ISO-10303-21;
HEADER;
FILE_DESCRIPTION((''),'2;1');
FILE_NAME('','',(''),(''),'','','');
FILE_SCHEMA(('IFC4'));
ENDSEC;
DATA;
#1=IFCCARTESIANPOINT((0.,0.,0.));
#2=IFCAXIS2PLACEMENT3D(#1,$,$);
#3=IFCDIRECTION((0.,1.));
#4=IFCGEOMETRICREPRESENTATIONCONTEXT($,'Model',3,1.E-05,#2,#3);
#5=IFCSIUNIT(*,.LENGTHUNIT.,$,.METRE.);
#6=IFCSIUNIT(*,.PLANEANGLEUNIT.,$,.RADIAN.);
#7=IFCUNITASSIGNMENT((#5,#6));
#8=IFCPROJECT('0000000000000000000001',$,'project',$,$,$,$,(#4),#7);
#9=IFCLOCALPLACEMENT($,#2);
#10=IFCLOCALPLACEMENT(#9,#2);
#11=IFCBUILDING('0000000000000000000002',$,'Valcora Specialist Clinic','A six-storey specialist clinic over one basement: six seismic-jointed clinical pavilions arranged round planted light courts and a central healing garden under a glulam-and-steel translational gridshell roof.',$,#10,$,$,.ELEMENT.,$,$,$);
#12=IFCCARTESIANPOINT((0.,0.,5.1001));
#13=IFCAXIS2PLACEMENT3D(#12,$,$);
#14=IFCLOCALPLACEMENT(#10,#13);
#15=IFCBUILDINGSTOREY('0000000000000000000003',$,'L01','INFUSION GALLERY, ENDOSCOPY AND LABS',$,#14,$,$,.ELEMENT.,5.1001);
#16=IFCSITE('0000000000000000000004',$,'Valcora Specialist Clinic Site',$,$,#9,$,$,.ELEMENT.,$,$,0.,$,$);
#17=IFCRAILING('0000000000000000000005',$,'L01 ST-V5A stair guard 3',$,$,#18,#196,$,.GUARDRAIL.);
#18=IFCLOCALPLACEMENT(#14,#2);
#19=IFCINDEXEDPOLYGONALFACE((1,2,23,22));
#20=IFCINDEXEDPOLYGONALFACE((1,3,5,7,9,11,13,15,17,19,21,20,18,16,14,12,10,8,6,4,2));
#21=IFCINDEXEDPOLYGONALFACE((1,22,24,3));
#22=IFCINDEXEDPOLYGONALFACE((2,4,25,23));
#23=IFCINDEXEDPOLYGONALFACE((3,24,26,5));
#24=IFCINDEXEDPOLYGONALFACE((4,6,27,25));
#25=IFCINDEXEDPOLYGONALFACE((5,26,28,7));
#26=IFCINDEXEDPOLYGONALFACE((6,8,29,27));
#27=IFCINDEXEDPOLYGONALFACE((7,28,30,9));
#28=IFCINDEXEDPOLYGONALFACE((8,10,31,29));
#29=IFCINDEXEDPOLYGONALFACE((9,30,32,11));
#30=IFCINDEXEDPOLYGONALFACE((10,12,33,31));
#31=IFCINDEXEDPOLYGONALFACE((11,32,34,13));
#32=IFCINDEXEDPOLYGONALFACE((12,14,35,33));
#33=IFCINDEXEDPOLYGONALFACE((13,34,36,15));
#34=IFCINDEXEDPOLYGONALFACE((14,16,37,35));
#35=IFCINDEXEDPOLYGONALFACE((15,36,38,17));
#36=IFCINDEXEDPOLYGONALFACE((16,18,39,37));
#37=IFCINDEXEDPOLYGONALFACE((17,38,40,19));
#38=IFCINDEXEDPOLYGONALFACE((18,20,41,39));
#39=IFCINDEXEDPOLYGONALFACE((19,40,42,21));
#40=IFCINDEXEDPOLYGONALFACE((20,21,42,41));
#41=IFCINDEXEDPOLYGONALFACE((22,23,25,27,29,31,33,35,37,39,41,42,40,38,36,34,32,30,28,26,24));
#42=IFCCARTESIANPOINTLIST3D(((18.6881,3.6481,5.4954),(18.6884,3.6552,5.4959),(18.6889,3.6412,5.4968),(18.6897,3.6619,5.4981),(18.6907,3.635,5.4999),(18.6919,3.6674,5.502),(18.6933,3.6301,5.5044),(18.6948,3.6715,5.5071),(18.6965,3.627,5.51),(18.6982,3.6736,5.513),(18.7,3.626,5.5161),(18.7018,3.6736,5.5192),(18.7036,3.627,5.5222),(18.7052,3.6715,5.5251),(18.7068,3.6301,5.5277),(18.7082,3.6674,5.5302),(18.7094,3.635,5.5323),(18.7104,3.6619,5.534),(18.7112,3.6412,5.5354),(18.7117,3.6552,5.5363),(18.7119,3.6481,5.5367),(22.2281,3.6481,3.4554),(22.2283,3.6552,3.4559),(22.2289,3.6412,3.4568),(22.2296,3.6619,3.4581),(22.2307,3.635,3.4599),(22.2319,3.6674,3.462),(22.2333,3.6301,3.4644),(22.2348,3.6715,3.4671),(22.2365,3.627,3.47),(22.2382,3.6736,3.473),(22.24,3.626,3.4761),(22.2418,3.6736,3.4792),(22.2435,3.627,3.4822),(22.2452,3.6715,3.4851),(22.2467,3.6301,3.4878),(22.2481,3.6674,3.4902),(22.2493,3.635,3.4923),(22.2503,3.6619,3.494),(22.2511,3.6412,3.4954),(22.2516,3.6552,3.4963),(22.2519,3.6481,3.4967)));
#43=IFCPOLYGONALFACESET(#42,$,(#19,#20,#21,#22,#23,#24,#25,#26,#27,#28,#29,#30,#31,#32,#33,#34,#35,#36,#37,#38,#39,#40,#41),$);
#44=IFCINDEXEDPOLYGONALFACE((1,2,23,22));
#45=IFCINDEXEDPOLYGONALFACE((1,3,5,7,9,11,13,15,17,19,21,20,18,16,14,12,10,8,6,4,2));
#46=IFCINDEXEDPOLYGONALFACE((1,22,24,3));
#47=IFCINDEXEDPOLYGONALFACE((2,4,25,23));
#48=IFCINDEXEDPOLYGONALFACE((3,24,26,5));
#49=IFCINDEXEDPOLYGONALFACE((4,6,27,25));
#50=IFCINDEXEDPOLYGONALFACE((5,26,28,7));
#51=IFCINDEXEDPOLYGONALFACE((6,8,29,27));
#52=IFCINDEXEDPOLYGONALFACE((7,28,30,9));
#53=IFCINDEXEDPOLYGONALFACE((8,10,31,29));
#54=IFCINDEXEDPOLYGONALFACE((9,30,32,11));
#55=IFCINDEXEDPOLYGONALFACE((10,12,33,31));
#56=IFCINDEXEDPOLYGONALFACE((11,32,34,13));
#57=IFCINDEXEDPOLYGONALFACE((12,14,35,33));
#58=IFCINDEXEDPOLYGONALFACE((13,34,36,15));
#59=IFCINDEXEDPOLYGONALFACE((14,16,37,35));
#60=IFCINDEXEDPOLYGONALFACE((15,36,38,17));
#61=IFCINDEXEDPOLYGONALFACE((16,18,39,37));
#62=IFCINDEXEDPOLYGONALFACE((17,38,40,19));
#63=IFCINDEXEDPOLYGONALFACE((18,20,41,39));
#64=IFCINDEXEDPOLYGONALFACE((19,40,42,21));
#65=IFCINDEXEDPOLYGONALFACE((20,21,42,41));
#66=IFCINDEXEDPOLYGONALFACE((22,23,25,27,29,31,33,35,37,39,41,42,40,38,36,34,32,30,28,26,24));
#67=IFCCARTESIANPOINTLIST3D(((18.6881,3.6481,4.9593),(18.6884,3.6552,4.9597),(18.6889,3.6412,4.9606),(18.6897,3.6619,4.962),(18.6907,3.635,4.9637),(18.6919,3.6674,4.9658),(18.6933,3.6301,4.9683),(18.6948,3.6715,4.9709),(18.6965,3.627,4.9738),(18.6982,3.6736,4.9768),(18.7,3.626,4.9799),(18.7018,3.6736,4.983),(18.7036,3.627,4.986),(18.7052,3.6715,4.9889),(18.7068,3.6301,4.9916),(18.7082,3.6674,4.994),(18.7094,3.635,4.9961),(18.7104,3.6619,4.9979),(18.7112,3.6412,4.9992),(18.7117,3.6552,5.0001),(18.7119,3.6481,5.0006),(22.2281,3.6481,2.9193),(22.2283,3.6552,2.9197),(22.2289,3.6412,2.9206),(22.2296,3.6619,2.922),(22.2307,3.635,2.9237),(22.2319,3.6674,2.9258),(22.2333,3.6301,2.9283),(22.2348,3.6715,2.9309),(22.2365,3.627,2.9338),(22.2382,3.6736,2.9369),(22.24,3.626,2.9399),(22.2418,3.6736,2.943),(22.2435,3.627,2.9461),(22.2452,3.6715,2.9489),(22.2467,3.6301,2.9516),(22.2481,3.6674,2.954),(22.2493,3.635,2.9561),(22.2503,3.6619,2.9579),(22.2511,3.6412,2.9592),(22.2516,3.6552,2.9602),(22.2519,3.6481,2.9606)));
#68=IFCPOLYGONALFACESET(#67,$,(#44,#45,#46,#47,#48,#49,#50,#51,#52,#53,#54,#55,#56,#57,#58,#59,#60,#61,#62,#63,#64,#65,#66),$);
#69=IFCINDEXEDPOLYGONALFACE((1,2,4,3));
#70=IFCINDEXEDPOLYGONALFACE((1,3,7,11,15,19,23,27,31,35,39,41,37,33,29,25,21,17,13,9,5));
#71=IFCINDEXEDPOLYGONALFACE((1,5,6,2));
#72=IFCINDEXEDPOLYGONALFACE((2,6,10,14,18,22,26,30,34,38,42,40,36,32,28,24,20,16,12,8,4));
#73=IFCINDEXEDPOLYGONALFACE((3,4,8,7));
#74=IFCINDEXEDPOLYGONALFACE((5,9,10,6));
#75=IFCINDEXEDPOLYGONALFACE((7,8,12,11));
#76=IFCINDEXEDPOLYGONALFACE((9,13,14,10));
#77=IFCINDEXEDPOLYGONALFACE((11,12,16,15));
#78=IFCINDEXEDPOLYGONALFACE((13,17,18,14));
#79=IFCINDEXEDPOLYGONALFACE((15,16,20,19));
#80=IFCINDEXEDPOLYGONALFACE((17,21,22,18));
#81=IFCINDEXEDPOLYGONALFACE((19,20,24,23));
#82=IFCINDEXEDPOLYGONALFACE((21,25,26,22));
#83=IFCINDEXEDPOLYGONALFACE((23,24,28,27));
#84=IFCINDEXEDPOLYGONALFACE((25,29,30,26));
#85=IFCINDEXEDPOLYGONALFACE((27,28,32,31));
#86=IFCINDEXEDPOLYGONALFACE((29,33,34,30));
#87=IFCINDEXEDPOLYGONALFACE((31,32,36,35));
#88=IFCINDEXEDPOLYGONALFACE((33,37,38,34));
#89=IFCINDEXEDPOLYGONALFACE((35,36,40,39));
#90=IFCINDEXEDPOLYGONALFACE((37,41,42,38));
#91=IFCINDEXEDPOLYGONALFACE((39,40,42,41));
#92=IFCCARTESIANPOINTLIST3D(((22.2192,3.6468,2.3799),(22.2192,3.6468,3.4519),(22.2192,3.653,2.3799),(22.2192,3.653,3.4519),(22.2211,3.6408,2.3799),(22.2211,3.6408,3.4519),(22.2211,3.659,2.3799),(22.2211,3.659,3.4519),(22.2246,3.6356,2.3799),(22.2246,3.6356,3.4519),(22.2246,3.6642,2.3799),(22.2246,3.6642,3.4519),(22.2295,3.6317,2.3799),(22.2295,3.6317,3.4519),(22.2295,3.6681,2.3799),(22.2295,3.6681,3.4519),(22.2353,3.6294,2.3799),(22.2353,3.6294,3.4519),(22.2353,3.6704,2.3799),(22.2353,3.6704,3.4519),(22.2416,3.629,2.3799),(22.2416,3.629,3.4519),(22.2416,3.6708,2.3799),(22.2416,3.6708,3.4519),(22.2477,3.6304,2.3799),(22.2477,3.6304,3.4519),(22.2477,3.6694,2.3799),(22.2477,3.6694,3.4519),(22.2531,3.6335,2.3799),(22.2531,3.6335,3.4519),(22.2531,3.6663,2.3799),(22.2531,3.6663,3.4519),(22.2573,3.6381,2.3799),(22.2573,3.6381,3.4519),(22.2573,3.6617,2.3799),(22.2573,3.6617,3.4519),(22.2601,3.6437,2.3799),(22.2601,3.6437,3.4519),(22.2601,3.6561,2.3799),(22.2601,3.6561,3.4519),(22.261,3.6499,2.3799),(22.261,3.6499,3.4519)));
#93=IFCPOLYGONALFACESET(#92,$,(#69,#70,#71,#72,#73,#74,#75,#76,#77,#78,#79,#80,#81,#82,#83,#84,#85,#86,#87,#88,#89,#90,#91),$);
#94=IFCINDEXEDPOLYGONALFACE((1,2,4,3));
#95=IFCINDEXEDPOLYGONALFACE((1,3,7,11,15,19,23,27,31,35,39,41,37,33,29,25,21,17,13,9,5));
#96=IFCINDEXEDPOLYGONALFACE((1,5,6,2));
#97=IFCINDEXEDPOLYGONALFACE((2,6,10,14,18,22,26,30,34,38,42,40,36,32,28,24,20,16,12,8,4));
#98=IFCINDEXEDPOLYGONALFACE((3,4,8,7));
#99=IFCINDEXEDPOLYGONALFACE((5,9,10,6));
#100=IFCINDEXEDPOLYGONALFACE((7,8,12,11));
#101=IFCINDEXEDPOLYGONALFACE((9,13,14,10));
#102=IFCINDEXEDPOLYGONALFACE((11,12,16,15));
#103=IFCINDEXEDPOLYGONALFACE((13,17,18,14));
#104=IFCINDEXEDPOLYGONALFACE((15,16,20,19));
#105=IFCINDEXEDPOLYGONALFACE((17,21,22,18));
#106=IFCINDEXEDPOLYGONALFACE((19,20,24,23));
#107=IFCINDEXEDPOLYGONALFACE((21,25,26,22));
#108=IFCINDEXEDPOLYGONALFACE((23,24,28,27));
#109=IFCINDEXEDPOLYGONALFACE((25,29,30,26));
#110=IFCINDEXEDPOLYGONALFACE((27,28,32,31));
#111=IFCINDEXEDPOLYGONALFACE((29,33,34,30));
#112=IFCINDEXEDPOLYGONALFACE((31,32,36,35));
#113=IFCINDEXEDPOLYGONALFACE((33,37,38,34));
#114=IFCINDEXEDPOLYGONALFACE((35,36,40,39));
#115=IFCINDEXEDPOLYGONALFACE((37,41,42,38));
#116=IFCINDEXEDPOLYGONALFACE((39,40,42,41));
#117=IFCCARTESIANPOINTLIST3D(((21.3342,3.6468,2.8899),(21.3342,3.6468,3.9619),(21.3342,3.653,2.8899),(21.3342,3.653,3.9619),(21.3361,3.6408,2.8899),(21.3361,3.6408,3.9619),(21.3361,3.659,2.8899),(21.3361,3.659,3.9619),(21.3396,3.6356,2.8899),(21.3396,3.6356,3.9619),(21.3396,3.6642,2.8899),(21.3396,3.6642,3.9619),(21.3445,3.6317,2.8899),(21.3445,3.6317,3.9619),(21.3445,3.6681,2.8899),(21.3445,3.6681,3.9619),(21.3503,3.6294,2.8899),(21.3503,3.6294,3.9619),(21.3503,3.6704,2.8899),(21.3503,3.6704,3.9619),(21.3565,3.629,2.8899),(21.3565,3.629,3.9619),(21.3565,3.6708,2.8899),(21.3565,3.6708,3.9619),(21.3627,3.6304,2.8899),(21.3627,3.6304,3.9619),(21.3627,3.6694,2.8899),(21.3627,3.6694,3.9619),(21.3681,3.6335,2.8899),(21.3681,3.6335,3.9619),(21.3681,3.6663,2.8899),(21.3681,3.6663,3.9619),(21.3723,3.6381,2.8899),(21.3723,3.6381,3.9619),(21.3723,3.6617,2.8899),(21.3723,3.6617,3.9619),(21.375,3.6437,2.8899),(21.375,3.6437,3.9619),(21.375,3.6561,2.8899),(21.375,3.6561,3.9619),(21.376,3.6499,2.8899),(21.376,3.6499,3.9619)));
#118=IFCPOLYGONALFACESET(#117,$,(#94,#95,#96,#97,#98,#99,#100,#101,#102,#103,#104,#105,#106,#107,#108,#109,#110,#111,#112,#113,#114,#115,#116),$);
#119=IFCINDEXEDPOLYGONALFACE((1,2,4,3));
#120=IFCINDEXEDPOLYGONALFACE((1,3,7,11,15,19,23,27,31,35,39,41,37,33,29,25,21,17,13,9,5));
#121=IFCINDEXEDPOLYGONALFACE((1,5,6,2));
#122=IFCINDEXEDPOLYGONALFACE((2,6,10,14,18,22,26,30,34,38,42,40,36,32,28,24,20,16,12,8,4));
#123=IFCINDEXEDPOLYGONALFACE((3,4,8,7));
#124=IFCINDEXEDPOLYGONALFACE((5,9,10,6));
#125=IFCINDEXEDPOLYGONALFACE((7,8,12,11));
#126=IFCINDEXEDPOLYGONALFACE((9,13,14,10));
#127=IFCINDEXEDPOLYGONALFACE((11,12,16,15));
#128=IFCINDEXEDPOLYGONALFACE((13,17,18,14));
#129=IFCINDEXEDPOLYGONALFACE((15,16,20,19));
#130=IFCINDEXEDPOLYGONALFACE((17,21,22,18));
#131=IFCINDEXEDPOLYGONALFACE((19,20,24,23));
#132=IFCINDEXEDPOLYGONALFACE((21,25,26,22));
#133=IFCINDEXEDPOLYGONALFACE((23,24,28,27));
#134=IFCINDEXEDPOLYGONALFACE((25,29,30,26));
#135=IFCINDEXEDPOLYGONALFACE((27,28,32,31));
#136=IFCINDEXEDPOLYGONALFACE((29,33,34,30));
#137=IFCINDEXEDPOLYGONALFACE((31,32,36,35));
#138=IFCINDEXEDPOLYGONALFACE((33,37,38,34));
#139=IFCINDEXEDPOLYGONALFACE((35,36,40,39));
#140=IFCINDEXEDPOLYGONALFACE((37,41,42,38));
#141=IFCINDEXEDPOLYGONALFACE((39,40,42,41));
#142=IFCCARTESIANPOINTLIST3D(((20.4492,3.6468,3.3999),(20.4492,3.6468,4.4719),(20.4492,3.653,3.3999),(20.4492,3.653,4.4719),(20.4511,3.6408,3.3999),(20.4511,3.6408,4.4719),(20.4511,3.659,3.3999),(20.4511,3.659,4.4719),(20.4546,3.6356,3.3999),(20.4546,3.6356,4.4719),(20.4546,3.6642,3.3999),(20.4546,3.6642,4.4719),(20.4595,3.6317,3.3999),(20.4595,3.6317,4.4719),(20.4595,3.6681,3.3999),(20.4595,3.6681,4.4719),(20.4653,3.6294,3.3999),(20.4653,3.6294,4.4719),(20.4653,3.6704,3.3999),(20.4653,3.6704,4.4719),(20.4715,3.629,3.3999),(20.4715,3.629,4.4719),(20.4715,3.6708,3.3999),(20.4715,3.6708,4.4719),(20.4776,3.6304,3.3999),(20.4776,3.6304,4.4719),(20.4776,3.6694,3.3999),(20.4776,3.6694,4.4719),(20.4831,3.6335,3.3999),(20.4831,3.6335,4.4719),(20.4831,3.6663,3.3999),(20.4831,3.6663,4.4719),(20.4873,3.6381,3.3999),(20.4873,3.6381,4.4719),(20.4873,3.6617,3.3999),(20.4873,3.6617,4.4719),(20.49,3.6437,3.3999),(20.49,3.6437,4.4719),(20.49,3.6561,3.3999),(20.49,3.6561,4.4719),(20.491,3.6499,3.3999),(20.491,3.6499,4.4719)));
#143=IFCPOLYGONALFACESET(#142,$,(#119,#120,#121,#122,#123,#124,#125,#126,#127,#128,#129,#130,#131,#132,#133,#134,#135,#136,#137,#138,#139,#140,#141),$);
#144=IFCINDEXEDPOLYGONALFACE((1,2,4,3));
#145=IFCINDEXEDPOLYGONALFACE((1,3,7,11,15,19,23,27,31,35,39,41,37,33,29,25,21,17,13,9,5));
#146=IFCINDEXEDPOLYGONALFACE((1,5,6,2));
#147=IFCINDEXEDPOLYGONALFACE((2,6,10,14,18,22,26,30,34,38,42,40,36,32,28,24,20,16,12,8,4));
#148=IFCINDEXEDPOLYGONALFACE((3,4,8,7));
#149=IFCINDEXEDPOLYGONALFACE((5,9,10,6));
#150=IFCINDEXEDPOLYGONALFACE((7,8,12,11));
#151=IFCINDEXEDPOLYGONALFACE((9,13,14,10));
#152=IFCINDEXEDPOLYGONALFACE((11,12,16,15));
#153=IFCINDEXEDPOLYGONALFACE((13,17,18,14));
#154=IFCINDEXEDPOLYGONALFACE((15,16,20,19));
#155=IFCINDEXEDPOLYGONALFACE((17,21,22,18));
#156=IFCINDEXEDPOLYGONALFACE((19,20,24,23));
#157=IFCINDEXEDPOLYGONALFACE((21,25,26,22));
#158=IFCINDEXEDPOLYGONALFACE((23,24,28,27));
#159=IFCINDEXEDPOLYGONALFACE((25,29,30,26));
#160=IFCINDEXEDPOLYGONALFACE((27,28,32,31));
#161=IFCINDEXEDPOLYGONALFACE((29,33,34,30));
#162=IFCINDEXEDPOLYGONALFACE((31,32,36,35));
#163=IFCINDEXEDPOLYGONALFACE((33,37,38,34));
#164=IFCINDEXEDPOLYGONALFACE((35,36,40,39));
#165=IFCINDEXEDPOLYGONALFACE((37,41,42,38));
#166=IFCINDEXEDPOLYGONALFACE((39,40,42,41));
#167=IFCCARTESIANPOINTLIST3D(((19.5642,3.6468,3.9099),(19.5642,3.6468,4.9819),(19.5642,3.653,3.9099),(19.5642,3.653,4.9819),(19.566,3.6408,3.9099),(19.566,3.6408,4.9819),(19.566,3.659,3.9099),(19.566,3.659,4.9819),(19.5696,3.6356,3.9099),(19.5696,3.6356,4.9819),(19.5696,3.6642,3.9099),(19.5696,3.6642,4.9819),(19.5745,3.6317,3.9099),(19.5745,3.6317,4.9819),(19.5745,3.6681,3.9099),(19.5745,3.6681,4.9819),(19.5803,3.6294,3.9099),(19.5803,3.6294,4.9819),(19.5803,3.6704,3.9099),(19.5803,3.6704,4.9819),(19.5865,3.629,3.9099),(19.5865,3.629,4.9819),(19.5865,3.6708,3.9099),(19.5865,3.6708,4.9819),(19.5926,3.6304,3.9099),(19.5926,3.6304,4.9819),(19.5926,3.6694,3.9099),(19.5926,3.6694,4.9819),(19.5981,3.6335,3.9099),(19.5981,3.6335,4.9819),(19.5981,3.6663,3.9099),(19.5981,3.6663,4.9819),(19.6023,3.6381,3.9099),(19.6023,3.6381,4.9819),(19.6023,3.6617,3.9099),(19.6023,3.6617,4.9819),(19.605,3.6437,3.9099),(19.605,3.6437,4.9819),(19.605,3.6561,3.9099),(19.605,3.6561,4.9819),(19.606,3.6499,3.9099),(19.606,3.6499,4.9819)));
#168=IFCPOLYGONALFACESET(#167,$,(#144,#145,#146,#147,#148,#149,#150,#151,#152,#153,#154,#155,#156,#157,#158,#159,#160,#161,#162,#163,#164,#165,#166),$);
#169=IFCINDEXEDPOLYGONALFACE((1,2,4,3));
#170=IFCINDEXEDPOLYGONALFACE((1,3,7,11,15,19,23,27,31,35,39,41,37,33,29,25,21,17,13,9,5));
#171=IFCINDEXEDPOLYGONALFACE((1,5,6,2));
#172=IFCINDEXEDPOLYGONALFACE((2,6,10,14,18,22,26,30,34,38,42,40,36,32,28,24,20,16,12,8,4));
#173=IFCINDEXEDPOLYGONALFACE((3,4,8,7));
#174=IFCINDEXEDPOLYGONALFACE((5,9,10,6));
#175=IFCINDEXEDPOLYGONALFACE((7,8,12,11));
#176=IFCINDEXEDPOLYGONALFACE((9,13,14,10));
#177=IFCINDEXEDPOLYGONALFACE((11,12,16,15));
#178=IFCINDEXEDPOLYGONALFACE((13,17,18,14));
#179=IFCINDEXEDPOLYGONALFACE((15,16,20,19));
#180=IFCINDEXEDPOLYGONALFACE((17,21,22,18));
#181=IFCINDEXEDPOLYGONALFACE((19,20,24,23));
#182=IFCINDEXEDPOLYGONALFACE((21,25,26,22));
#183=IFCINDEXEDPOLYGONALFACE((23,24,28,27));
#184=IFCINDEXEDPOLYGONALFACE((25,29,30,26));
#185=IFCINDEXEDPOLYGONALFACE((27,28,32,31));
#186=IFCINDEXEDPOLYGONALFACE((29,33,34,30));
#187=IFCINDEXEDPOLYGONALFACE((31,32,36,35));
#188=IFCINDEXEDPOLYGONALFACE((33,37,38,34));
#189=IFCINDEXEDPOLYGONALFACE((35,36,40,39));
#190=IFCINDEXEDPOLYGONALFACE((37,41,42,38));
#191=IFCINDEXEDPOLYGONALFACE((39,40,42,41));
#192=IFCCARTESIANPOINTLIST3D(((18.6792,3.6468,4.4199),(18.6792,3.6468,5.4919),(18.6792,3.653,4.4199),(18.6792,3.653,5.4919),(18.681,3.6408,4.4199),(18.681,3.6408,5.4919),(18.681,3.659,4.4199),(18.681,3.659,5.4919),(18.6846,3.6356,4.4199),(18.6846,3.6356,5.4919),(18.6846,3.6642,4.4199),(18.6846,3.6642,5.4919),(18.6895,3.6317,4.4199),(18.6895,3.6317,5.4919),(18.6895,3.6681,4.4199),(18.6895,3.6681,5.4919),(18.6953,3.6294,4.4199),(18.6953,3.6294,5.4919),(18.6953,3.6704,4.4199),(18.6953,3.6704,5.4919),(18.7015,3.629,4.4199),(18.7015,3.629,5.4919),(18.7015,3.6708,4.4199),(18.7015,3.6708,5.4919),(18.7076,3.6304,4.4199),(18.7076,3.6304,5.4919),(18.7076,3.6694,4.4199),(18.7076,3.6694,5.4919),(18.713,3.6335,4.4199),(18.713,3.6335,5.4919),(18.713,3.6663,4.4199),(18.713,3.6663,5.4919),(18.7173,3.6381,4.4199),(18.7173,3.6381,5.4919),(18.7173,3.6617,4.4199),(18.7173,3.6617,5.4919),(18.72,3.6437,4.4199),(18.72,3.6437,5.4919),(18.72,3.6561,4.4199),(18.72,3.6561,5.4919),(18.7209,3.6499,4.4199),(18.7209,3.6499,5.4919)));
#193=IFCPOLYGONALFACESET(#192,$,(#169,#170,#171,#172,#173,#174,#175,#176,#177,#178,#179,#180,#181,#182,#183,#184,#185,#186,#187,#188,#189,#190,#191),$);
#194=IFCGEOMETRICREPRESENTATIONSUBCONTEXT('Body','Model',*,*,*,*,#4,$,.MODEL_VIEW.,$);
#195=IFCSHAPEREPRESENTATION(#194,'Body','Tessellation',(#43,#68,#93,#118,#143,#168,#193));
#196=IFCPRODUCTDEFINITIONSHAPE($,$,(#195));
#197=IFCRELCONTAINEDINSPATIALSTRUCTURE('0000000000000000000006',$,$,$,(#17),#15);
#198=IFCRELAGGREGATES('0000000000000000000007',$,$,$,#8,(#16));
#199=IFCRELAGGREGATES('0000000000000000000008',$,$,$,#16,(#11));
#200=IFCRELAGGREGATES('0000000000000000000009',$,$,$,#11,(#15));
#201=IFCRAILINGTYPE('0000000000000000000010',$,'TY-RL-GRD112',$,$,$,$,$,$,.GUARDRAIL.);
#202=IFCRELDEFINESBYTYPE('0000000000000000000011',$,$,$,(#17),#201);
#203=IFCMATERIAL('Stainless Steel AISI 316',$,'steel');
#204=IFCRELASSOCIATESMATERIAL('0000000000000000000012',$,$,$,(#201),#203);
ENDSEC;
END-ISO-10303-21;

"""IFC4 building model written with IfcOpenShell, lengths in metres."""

from ifc_helpers import new_model, si_unit, direction, frame, origin, origin_2d, place, context, subcontext, project, spatial, circle, extrude, material, type_object, element, save


model = new_model("IFC4")

# Units and contexts
model_context = context("Model", 3, precision=1e-05, world=origin(), true_north=direction((0.0, 1.0)))
body_context = subcontext(model_context, "Body", "Model", "MODEL_VIEW")
ifc_project = project(units=[si_unit("LENGTHUNIT", "METRE"), si_unit("PLANEANGLEUNIT", "RADIAN")], contexts=[model_context])

# Site, building, storey
site_placement = place(None, origin())
site = spatial("IfcSite", under=ifc_project, at=site_placement, Name="Valcora Specialist Clinic Site", CompositionType="ELEMENT", RefElevation=0.0)
building_placement = place(site_placement, origin())
building = spatial("IfcBuilding", under=site, at=building_placement, Name="Valcora Specialist Clinic", Description="A six-storey specialist clinic over one basement: six seismic-jointed clinical pavilions arranged round planted light courts and a central healing garden under a glulam-and-steel translational gridshell roof.", CompositionType="ELEMENT")
storey_placement = place(building_placement, frame((0.0, 0.0, 5.1001)))
storey = spatial("IfcBuildingStorey", under=building, at=storey_placement, Name="L01", Description="INFUSION GALLERY, ENDOSCOPY AND LABS", CompositionType="ELEMENT", Elevation=5.1001)

# Shared definitions
ifc_material_1 = material(Name="Stainless Steel AISI 316", Category="steel")

# Railing
railing_type_1 = type_object("IfcRailingType", Name="TY-RL-GRD112", PredefinedType="GUARDRAIL", material=ifc_material_1)
railing_1_placement = place(storey_placement, frame((22.24, 3.6499, 2.3799)))
element("IfcRailing", 1, at=railing_1_placement, inside=storey, type_object=railing_type_1, Name="L01 ST-V5A stair guard 3", PredefinedType="GUARDRAIL", context=body_context, shape_type="SweptSolid", body=[
    extrude(circle(Radius=0.0239, at=origin_2d()), frame((0.0, 0.0, 1.0962), z_axis=(-0.866428, 0.0, 0.499302), x_axis=(0.0, -1.0, 0.0)), (0.0, 0.0, 1.0), 4.0857),
    extrude(circle(Radius=0.0239, at=origin_2d()), frame((0.0, 0.0, 0.5601), z_axis=(-0.866428, 0.0, 0.499302), x_axis=(0.0, -1.0, 0.0)), (0.0, 0.0, 1.0), 4.0857),
    extrude(circle(Radius=0.021, at=origin_2d()), origin(), (0.0, 0.0, 1.0), 1.072),
    extrude(circle(Radius=0.021, at=origin_2d()), frame((-0.885, 0.0, 0.51)), (0.0, 0.0, 1.0), 1.072),
    extrude(circle(Radius=0.021, at=origin_2d()), frame((-1.77, 0.0, 1.02)), (0.0, 0.0, 1.0), 1.072),
    extrude(circle(Radius=0.021, at=origin_2d()), frame((-2.655, 0.0, 1.53)), (0.0, 0.0, 1.0), 1.072),
    extrude(circle(Radius=0.021, at=origin_2d()), frame((-3.54, 0.0, 2.04)), (0.0, 0.0, 1.0), 1.072),
])

save(model, "model.ifc")
